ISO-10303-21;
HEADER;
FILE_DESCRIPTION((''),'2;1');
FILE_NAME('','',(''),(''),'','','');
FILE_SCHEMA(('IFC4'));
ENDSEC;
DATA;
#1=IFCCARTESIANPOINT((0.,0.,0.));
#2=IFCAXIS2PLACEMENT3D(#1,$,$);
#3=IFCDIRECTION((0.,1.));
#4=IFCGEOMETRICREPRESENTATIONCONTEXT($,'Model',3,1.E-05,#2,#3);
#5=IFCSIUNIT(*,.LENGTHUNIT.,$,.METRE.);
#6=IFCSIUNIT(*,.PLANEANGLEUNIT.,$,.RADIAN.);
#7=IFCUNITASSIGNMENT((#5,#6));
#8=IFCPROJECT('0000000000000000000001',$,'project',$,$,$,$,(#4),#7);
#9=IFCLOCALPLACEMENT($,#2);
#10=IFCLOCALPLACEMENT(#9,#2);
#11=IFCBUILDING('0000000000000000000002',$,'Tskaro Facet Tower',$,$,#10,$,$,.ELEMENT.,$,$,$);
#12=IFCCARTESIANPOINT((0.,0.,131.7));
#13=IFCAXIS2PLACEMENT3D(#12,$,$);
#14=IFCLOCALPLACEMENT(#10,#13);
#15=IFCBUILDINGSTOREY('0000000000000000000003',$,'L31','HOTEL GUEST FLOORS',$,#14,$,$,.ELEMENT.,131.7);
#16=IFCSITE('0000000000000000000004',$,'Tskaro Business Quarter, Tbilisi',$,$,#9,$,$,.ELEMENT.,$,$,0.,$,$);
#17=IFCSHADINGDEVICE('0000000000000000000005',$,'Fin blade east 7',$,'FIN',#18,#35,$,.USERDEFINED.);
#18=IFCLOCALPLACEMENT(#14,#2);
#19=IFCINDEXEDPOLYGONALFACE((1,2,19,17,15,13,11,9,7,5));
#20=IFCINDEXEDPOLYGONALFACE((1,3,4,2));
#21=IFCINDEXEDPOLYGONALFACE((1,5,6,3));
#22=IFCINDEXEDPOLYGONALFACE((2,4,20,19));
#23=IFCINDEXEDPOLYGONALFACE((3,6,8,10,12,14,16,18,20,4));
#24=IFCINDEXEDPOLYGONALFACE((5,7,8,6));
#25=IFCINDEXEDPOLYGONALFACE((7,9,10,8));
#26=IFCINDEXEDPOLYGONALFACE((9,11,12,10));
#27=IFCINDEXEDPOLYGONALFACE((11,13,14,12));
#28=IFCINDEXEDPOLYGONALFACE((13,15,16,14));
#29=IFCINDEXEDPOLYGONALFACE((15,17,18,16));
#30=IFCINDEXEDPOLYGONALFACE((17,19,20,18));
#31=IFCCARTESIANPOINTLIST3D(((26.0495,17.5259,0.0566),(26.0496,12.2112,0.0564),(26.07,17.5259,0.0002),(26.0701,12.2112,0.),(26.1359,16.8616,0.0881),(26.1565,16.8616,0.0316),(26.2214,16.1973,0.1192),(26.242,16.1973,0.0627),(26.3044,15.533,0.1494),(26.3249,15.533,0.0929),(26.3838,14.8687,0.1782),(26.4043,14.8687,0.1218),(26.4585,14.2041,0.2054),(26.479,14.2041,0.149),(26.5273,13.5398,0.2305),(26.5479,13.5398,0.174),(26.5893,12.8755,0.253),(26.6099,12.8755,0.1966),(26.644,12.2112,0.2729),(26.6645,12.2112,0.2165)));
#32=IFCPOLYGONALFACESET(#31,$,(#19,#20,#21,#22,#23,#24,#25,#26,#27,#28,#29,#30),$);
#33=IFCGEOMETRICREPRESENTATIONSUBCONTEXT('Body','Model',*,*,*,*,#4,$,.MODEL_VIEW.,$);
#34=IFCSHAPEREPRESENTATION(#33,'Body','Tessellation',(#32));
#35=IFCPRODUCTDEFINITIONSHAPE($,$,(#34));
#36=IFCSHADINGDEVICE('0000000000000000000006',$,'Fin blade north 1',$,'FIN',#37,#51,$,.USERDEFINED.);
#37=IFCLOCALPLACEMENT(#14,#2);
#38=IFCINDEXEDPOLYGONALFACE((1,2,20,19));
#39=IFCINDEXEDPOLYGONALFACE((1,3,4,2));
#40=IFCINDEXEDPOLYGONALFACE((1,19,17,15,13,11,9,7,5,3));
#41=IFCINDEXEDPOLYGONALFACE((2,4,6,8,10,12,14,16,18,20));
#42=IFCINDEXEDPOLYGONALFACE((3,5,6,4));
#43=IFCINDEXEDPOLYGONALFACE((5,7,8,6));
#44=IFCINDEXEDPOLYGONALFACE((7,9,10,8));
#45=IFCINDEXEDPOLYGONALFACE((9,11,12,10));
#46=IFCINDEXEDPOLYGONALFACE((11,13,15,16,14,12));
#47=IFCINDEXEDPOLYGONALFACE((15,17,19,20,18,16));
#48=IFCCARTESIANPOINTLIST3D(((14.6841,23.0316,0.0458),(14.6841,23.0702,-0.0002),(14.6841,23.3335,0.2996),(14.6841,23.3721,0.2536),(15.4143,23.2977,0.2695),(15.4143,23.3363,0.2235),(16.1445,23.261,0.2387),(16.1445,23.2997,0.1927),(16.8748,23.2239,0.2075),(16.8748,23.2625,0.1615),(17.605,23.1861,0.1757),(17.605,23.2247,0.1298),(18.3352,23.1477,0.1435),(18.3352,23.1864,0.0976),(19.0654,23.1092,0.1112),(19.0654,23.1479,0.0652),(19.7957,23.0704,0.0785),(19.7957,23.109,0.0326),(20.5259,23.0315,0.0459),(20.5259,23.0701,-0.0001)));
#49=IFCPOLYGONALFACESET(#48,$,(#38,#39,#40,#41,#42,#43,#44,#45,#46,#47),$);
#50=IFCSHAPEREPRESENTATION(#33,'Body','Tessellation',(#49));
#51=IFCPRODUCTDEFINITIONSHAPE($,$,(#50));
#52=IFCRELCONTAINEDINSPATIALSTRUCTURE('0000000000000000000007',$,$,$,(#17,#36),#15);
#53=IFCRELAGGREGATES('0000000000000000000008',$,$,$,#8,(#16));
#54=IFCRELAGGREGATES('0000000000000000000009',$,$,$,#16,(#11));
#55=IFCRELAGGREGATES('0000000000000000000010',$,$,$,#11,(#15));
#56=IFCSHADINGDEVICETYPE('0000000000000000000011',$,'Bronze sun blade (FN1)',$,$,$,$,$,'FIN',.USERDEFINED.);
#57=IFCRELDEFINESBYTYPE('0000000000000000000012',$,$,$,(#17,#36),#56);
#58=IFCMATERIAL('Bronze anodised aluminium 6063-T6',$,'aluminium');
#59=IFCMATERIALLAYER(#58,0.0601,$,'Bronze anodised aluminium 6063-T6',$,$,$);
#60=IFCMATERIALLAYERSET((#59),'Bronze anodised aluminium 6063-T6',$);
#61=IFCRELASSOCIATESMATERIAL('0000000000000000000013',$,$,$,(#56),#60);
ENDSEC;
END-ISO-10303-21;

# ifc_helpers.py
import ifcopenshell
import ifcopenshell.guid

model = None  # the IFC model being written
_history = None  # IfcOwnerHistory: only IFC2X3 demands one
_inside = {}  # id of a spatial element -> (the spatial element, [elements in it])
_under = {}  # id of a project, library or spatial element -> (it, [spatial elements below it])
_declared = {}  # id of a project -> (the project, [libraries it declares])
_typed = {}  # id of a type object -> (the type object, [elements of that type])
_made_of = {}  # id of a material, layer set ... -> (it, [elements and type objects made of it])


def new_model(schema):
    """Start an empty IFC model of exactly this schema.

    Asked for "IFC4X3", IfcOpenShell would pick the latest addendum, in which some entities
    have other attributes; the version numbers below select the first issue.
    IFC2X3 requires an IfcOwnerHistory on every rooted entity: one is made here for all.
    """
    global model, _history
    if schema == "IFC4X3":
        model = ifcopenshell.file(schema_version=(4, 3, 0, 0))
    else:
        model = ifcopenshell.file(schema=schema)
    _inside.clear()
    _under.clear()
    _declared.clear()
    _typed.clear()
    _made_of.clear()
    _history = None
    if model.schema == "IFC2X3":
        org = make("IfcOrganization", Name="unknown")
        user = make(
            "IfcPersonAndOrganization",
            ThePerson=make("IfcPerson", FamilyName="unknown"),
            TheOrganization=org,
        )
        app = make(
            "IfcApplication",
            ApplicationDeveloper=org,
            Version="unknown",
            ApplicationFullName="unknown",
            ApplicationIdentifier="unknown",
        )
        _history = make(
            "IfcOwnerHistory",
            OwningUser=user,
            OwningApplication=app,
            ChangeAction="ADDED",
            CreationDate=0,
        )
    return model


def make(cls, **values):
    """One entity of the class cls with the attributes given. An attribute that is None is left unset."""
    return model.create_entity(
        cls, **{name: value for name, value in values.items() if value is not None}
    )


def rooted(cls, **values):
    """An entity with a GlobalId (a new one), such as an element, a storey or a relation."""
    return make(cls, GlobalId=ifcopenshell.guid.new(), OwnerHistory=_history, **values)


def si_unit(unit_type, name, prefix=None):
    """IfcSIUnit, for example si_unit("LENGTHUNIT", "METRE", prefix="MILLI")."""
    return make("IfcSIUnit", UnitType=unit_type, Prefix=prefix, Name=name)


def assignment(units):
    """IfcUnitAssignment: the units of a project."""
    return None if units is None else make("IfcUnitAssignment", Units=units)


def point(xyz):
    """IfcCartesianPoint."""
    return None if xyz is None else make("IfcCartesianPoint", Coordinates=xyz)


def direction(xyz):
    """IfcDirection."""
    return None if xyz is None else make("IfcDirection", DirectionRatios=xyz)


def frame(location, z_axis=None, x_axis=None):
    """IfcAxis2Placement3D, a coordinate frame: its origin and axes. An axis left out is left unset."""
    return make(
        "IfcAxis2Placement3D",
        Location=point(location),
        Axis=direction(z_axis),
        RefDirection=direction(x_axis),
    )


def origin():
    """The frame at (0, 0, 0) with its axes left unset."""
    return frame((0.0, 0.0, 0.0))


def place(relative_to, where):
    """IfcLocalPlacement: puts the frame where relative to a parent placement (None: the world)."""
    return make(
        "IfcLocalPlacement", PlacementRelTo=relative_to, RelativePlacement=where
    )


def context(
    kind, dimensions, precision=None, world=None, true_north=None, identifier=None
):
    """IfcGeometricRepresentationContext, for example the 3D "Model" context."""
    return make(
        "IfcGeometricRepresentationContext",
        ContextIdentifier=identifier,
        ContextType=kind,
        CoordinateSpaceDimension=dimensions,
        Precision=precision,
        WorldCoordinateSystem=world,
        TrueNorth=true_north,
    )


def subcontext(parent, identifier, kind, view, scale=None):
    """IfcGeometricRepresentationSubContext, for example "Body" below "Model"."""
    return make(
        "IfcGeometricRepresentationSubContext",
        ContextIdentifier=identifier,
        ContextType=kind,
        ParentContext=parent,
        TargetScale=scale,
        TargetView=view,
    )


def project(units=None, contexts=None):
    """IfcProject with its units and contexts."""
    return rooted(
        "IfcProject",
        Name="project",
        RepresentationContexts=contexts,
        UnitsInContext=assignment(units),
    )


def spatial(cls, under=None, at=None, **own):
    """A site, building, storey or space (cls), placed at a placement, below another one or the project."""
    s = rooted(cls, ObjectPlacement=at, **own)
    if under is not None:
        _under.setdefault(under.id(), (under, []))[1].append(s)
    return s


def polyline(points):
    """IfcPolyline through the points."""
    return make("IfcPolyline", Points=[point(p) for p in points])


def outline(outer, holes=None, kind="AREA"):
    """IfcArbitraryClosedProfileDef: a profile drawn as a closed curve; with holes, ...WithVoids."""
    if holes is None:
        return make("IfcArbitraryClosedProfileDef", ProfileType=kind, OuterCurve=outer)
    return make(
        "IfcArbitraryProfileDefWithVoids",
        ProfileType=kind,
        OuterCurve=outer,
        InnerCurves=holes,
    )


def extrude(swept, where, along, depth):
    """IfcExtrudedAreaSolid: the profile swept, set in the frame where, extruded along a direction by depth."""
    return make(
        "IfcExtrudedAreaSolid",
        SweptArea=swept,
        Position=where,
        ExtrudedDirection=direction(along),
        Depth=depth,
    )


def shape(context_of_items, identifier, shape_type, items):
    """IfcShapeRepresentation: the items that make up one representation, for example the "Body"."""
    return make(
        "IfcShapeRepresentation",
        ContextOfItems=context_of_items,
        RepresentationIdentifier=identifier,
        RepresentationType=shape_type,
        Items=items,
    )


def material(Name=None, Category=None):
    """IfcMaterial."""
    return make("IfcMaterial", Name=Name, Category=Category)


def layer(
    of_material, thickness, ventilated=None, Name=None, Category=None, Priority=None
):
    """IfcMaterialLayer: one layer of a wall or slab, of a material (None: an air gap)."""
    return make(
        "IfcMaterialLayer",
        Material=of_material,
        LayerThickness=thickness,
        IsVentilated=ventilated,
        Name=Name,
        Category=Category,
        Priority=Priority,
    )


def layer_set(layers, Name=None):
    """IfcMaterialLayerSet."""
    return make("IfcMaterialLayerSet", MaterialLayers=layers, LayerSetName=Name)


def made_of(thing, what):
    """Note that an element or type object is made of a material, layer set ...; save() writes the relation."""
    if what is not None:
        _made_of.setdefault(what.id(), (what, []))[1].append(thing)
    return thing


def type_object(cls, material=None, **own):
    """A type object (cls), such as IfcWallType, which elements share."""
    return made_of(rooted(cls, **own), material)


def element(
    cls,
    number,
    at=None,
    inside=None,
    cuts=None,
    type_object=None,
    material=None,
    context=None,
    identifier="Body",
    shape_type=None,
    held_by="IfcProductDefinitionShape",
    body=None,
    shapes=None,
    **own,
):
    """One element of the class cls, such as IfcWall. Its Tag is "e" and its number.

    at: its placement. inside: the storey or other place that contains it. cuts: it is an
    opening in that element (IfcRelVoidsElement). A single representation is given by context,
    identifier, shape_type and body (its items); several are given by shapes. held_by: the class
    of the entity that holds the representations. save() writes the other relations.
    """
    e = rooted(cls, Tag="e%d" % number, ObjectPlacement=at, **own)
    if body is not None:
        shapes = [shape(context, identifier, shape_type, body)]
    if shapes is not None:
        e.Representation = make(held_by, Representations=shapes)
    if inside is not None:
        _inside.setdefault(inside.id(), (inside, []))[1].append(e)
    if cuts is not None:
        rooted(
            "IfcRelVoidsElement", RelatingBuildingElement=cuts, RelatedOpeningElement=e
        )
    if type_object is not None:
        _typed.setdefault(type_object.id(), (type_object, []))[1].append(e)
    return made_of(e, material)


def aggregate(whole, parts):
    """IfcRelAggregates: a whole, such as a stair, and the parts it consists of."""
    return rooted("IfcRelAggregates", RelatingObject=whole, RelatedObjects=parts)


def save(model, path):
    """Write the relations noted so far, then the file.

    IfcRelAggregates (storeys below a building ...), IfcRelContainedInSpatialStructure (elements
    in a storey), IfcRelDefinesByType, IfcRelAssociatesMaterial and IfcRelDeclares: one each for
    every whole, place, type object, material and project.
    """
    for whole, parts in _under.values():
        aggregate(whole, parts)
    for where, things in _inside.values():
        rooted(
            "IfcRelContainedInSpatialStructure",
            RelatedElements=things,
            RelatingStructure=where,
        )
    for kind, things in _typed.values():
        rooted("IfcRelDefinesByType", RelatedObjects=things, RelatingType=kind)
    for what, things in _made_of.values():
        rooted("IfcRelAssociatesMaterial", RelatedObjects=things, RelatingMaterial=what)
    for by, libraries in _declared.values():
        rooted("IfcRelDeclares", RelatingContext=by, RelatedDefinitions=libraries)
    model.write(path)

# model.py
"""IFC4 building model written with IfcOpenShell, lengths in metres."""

from ifc_helpers import new_model, si_unit, direction, frame, origin, place, context, subcontext, project, spatial, polyline, outline, extrude, material, layer, layer_set, type_object, element, save


model = new_model("IFC4")

# Units and contexts
model_context = context("Model", 3, precision=1e-05, world=origin(), true_north=direction((0.0, 1.0)))
body_context = subcontext(model_context, "Body", "Model", "MODEL_VIEW")
ifc_project = project(units=[si_unit("LENGTHUNIT", "METRE"), si_unit("PLANEANGLEUNIT", "RADIAN")], contexts=[model_context])

# Site, building, storey
site_placement = place(None, origin())
site = spatial("IfcSite", under=ifc_project, at=site_placement, Name="Tskaro Business Quarter, Tbilisi", CompositionType="ELEMENT", RefElevation=0.0)
building_placement = place(site_placement, origin())
building = spatial("IfcBuilding", under=site, at=building_placement, Name="Tskaro Facet Tower", CompositionType="ELEMENT")
storey_placement = place(building_placement, frame((0.0, 0.0, 131.7)))
storey = spatial("IfcBuildingStorey", under=building, at=storey_placement, Name="L31", Description="HOTEL GUEST FLOORS", CompositionType="ELEMENT", Elevation=131.7)

# Shared definitions
ifc_material_1 = material(Name="Bronze anodised aluminium 6063-T6", Category="aluminium")

# Shading devices
ifc_layer_1 = layer(ifc_material_1, 0.0601, Name="Bronze anodised aluminium 6063-T6")
ifc_layer_set_1 = layer_set([ifc_layer_1], Name="Bronze anodised aluminium 6063-T6")
shading_device_type = type_object("IfcShadingDeviceType", Name="Bronze sun blade (FN1)", ElementType="FIN", PredefinedType="USERDEFINED", material=ifc_layer_set_1)
shading_device_1_placement = place(storey_placement, frame((26.0496, 12.2112, 0.0564), z_axis=(-0.342244, -0.000039, 0.939611), x_axis=(-0.000014, 1.0, 0.000037)))
element("IfcShadingDevice", 1, at=shading_device_1_placement, inside=storey, type_object=shading_device_type, Name="Fin blade east 7", ObjectType="FIN", PredefinedType="USERDEFINED", context=body_context, shape_type="SweptSolid", body=[
    extrude(outline(polyline([(0.0, 0.0), (5.3147, 0.0), (4.6504, -0.092), (3.9861, -0.183), (3.3218, -0.2712), (2.6575, -0.3557), (1.9929, -0.4352), (1.3286, -0.5085), (0.6643, -0.5745), (0.0, -0.6326), (0.0, 0.0)])), origin(), (0.0, 0.0, -1.0), 0.0601),
])
shading_device_2_placement = place(storey_placement, frame((20.5259, 23.0315, 0.0459), z_axis=(-0.000023, -0.643424, 0.76551), x_axis=(-1.0, 0.000015, -0.000018)))
element("IfcShadingDevice", 2, at=shading_device_2_placement, inside=storey, type_object=shading_device_type, Name="Fin blade north 1", ObjectType="FIN", PredefinedType="USERDEFINED", context=body_context, shape_type="SweptSolid", body=[
    extrude(outline(polyline([(0.0, 0.0), (5.8418, 0.0), (5.8418, -0.3944), (5.1116, -0.3476), (4.3813, -0.2998), (3.6511, -0.2513), (2.9209, -0.2019), (2.1907, -0.1518), (1.4604, -0.1015), (0.7302, -0.0508), (0.0, 0.0)])), origin(), (0.0, 0.0, -1.0), 0.0601),
])

save(model, "model.ifc")
